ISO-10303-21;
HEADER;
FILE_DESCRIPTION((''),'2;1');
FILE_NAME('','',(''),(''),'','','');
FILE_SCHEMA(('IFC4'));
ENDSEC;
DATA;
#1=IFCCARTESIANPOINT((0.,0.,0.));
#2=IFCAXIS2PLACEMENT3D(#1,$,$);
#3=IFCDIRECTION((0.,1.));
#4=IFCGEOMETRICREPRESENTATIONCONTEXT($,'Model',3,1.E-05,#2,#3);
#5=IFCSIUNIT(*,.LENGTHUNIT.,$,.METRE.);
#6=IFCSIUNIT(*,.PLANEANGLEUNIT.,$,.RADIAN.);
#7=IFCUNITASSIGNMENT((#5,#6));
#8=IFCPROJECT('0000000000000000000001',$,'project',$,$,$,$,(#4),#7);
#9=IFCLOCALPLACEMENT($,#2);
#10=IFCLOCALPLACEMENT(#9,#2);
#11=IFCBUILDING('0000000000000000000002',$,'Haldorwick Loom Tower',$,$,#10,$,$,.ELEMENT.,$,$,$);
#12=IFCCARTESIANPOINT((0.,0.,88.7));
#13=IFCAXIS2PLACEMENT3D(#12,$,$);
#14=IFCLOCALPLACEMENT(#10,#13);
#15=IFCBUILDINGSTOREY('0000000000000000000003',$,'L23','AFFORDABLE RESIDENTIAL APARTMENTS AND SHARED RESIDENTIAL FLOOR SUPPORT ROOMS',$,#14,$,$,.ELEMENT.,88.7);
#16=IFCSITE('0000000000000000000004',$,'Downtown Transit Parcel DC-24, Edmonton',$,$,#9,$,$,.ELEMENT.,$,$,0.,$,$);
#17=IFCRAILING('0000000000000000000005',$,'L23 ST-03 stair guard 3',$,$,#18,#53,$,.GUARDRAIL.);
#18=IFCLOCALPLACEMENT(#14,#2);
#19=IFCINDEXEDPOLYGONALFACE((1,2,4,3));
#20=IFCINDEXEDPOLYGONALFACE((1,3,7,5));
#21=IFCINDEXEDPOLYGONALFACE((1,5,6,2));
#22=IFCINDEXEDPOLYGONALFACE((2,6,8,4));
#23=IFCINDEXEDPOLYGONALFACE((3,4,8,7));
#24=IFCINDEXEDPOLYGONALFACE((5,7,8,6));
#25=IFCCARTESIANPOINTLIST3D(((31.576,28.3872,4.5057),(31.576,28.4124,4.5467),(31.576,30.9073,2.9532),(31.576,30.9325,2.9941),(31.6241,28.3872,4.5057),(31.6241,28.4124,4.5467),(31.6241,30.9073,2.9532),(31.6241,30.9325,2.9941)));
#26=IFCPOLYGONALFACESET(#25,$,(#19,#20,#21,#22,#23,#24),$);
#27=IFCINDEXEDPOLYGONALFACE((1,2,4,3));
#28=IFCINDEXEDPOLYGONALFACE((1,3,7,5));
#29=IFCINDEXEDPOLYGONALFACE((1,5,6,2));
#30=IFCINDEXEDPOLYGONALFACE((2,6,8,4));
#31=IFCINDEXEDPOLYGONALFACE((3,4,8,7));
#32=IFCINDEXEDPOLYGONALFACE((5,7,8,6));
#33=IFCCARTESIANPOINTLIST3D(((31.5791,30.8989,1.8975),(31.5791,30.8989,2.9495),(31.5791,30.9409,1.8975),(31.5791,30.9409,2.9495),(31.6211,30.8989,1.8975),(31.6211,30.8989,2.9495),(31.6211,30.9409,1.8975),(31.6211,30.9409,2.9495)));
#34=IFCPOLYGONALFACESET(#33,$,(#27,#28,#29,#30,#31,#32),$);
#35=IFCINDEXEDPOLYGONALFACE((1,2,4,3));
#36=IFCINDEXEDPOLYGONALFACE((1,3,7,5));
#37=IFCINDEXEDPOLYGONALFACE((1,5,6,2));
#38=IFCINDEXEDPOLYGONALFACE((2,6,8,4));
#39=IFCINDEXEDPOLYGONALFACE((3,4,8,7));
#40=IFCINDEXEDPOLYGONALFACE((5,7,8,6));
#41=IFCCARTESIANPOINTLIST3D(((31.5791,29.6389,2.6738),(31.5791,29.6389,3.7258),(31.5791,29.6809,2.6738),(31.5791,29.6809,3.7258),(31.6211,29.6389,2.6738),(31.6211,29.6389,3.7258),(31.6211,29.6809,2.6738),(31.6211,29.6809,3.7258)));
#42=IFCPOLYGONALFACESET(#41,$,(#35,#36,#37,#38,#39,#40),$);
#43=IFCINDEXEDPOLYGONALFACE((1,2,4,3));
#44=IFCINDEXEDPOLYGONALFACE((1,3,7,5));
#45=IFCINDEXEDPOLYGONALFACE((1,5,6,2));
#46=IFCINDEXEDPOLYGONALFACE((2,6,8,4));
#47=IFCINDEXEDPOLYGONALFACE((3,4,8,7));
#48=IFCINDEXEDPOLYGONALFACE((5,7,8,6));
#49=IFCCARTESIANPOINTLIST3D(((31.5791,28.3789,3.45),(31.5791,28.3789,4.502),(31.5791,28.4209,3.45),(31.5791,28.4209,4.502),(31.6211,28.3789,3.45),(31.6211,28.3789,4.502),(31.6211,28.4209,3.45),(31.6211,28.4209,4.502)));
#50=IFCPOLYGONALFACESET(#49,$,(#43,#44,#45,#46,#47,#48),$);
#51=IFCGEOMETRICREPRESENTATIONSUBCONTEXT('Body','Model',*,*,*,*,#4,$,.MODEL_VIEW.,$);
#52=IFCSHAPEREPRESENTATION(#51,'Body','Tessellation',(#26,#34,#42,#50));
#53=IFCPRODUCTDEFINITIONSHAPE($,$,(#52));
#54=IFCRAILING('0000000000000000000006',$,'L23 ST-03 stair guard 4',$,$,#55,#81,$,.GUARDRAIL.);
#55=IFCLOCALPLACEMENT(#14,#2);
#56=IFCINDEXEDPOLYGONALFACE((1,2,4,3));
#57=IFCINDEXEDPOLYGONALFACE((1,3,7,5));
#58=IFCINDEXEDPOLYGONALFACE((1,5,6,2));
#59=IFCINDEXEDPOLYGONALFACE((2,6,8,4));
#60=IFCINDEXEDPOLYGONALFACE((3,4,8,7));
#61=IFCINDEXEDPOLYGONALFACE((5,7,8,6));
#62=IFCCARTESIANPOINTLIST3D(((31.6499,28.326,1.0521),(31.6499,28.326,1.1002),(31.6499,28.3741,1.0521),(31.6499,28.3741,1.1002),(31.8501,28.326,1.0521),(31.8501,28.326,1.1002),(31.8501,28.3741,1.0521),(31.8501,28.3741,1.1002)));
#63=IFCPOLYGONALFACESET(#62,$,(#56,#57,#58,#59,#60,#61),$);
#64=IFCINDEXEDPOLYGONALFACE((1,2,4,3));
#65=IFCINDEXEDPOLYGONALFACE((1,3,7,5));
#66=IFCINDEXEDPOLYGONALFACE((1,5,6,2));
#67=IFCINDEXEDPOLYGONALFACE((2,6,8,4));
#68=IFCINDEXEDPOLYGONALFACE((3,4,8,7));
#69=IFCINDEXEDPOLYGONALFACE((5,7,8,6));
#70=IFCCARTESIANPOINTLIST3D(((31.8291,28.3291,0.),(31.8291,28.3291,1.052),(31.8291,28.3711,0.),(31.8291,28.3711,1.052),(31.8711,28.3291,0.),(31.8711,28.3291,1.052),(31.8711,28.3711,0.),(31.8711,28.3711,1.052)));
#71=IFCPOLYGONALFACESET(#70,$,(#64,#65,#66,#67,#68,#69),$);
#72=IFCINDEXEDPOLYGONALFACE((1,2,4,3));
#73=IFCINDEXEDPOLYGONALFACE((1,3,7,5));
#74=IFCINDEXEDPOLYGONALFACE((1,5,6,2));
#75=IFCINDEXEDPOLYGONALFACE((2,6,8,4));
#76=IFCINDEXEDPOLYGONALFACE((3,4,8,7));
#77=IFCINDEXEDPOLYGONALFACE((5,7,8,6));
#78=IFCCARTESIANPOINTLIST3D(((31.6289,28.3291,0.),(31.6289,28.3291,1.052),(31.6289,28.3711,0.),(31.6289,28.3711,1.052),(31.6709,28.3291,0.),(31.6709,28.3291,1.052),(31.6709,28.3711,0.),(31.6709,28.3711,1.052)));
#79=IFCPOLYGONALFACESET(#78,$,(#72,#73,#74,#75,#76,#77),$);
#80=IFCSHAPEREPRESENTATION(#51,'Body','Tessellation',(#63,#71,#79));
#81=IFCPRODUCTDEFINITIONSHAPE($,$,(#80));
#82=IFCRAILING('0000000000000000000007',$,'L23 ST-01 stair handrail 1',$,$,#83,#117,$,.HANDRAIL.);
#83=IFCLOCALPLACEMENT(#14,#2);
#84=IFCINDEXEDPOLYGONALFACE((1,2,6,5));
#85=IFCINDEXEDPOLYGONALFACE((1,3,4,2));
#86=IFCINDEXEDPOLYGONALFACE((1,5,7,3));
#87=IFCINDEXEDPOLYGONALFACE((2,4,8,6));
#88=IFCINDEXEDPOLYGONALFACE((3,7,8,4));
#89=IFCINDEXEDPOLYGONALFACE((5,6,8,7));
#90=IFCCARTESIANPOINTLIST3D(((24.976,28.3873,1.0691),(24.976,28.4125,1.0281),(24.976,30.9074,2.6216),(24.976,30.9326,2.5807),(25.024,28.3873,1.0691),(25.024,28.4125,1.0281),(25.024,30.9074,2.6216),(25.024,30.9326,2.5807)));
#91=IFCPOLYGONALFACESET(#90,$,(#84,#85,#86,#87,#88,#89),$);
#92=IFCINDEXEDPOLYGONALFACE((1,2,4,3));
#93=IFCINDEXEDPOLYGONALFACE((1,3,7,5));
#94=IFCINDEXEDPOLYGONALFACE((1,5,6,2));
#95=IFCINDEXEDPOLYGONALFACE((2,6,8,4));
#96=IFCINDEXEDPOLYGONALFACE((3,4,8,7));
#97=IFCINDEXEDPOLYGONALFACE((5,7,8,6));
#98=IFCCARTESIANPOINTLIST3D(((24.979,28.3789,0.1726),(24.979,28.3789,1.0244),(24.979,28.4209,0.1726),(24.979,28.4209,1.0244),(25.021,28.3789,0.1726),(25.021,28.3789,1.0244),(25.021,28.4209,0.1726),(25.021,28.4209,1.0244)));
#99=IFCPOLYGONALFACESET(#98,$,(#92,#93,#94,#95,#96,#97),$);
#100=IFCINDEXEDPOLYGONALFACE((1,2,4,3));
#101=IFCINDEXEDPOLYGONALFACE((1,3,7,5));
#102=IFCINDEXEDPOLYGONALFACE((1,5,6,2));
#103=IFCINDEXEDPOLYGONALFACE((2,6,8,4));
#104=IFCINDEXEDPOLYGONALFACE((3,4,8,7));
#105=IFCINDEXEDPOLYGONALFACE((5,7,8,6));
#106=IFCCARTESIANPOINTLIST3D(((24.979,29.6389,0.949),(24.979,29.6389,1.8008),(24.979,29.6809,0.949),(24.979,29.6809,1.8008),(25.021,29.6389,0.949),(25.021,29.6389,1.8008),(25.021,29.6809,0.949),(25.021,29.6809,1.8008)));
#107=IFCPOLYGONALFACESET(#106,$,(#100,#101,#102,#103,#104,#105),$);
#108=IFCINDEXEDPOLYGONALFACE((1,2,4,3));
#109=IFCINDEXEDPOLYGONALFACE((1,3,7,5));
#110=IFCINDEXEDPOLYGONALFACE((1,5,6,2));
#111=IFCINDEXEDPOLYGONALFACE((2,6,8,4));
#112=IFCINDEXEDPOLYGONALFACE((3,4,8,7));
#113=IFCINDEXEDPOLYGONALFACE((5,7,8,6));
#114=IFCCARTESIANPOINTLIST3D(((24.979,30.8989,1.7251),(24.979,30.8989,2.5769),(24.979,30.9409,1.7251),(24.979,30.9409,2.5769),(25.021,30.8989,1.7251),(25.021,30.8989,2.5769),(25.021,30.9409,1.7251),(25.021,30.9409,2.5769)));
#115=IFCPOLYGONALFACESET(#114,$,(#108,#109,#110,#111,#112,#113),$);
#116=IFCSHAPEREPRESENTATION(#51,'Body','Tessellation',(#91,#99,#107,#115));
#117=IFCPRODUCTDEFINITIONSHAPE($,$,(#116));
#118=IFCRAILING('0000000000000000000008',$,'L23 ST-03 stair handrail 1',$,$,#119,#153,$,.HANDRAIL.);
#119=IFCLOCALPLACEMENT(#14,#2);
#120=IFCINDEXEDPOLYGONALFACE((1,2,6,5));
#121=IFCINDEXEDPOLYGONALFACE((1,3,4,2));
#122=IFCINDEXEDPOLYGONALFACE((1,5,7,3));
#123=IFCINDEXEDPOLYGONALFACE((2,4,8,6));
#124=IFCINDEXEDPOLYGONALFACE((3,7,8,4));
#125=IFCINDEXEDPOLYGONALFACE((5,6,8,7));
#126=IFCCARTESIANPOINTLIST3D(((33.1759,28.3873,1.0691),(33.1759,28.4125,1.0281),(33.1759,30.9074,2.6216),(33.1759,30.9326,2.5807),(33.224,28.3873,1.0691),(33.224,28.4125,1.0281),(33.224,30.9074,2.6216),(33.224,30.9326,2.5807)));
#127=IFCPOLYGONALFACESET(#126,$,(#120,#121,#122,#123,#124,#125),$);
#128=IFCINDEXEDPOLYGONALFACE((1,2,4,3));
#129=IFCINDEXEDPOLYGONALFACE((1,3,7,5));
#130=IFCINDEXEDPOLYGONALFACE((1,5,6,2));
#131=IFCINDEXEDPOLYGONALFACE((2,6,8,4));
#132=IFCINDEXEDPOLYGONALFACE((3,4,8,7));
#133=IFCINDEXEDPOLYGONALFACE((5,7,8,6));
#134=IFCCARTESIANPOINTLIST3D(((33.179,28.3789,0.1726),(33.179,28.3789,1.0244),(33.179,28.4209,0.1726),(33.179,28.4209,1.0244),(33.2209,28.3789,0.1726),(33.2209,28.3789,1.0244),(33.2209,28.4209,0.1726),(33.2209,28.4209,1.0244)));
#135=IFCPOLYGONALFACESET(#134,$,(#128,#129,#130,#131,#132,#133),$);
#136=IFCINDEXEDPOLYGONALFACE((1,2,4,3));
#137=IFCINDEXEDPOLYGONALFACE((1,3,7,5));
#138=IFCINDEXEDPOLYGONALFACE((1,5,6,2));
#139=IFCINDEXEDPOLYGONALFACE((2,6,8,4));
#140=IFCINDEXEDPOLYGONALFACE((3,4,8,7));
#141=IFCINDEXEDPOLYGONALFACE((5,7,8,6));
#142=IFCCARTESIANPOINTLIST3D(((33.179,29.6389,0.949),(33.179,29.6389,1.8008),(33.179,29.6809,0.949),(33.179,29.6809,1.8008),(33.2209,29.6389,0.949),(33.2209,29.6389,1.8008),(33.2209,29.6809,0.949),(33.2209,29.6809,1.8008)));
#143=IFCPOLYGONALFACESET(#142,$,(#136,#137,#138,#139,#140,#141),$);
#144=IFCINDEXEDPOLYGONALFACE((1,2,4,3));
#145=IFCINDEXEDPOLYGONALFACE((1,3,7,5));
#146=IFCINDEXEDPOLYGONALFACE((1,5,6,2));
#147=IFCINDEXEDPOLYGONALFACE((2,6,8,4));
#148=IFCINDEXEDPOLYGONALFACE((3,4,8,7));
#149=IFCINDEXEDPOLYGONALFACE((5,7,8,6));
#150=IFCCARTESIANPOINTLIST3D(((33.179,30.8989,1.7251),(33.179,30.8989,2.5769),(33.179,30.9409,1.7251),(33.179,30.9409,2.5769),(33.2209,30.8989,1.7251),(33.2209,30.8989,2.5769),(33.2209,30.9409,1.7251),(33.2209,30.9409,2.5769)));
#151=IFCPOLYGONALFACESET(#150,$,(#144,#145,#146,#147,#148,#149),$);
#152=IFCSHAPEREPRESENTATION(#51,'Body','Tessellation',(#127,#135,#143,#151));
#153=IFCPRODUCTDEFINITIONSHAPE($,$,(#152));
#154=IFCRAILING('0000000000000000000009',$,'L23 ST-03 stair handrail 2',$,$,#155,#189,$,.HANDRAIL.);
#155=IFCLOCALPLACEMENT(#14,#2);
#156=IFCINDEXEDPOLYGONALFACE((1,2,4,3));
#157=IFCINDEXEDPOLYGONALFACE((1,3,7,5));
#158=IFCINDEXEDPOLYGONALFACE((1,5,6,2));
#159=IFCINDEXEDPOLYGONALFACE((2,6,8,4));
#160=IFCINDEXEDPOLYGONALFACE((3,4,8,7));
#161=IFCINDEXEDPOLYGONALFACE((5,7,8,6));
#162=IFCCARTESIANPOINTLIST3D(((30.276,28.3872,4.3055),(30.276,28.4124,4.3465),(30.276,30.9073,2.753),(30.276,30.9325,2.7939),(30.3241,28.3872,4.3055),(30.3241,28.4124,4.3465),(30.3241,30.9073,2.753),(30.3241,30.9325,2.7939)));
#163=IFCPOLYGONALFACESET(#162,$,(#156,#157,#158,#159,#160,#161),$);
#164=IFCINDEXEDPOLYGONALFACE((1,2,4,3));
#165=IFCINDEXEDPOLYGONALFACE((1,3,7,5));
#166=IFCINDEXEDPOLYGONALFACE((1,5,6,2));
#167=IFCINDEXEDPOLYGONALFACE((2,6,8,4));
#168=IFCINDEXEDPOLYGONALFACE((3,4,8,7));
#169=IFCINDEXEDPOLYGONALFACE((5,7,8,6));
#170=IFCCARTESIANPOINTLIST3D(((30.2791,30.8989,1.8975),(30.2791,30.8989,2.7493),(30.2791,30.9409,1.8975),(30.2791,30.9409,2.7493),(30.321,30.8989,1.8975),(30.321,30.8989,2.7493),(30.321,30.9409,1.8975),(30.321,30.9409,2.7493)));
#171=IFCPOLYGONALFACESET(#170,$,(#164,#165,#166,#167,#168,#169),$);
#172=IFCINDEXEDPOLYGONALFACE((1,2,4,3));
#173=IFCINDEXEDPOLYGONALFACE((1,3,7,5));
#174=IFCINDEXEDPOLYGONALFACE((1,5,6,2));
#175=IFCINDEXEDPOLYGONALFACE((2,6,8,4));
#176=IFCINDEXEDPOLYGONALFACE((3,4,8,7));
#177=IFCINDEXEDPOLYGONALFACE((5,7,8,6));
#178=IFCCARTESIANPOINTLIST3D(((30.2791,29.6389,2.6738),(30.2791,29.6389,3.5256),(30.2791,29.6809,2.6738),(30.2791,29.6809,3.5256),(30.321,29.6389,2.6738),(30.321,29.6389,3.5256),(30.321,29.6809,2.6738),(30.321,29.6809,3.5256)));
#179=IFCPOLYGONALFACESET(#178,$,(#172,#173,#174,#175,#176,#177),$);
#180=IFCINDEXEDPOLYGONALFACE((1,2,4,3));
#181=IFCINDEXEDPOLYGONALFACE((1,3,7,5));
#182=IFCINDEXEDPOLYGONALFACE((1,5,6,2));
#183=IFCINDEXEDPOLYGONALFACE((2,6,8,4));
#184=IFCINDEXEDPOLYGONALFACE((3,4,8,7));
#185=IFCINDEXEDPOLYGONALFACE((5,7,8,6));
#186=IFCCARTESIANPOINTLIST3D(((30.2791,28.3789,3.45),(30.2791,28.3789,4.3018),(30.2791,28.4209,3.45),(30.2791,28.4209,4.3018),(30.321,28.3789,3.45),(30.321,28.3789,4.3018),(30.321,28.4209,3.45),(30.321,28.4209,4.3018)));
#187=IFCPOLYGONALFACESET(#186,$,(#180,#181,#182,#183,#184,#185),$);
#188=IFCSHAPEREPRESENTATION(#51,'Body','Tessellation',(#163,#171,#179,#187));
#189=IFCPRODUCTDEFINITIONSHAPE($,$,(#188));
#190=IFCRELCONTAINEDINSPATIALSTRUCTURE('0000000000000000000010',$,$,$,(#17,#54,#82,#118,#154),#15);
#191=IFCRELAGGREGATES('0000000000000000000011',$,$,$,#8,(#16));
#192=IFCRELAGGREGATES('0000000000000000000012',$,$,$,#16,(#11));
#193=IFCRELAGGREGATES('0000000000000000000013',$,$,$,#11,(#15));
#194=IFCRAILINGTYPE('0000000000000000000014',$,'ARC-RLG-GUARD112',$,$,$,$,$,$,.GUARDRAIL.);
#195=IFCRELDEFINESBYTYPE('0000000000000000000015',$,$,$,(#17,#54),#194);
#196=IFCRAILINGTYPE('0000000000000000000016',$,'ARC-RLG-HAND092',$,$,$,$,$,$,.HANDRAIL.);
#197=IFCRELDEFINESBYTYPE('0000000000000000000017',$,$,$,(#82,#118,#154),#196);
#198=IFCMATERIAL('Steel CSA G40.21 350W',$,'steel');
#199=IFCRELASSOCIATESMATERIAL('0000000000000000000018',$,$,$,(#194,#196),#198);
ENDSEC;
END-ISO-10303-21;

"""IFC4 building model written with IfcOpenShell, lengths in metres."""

from ifc_helpers import new_model, si_unit, direction, frame, origin, origin_2d, place, context, subcontext, project, spatial, rectangle, extrude, material, type_object, element, save


model = new_model("IFC4")

# Units and contexts
model_context = context("Model", 3, precision=1e-05, world=origin(), true_north=direction((0.0, 1.0)))
body_context = subcontext(model_context, "Body", "Model", "MODEL_VIEW")
ifc_project = project(units=[si_unit("LENGTHUNIT", "METRE"), si_unit("PLANEANGLEUNIT", "RADIAN")], contexts=[model_context])

# Site, building, storey
site_placement = place(None, origin())
site = spatial("IfcSite", under=ifc_project, at=site_placement, Name="Downtown Transit Parcel DC-24, Edmonton", CompositionType="ELEMENT", RefElevation=0.0)
building_placement = place(site_placement, origin())
building = spatial("IfcBuilding", under=site, at=building_placement, Name="Haldorwick Loom Tower", CompositionType="ELEMENT")
storey_placement = place(building_placement, frame((0.0, 0.0, 88.7)))
storey = spatial("IfcBuildingStorey", under=building, at=storey_placement, Name="L23", Description="AFFORDABLE RESIDENTIAL APARTMENTS AND SHARED RESIDENTIAL FLOOR SUPPORT ROOMS", CompositionType="ELEMENT", Elevation=88.7)

# Shared definitions
ifc_material_1 = material(Name="Steel CSA G40.21 350W", Category="steel")

# Railings
railing_type_1 = type_object("IfcRailingType", Name="ARC-RLG-GUARD112", PredefinedType="GUARDRAIL", material=ifc_material_1)
railing_1_placement = place(storey_placement, frame((31.6001, 30.9199, 1.8975)))
element("IfcRailing", 1, at=railing_1_placement, inside=storey, type_object=railing_type_1, Name="L23 ST-03 stair guard 3", PredefinedType="GUARDRAIL", context=body_context, shape_type="SweptSolid", body=[
    extrude(rectangle(XDim=0.0481, YDim=0.0481, at=origin_2d()), frame((0.0, 0.0, 1.0762), z_axis=(0.0, -0.8514, 0.524516), x_axis=(1.0, 0.0, 0.0)), (0.0, 0.0, 1.0), 2.96),
    extrude(rectangle(XDim=0.042, YDim=0.042, at=origin_2d()), origin(), (0.0, 0.0, 1.0), 1.052),
    extrude(rectangle(XDim=0.042, YDim=0.042, at=origin_2d()), frame((0.0, -1.26, 0.7764)), (0.0, 0.0, 1.0), 1.052),
    extrude(rectangle(XDim=0.042, YDim=0.042, at=origin_2d()), frame((0.0, -2.52, 1.5525)), (0.0, 0.0, 1.0), 1.052),
])
railing_2_placement = place(storey_placement, frame((31.8501, 28.3501, 0.0)))
element("IfcRailing", 2, at=railing_2_placement, inside=storey, type_object=railing_type_1, Name="L23 ST-03 stair guard 4", PredefinedType="GUARDRAIL", context=body_context, shape_type="SweptSolid", body=[
    extrude(rectangle(XDim=0.0481, YDim=0.0481, at=origin_2d()), frame((0.0, 0.0, 1.0762), z_axis=(-1.0, 0.0, 0.0), x_axis=(0.0, -1.0, 0.0)), (0.0, 0.0, 1.0), 0.2002),
    extrude(rectangle(XDim=0.042, YDim=0.042, at=origin_2d()), origin(), (0.0, 0.0, 1.0), 1.052),
    extrude(rectangle(XDim=0.042, YDim=0.042, at=origin_2d()), frame((-0.2002, 0.0, 0.0)), (0.0, 0.0, 1.0), 1.052),
])
railing_type_2 = type_object("IfcRailingType", Name="ARC-RLG-HAND092", PredefinedType="HANDRAIL", material=ifc_material_1)
for number, where, name in (
    (3, (25.0, 28.3999, 0.1726), "L23 ST-01 stair handrail 1"),
    (4, (33.2, 28.3999, 0.1726), "L23 ST-03 stair handrail 1"),
):
    element("IfcRailing", number, at=place(storey_placement, frame(where)), inside=storey, type_object=railing_type_2, Name=name, PredefinedType="HANDRAIL", context=body_context, shape_type="SweptSolid", body=[
        extrude(rectangle(XDim=0.0481, YDim=0.0481, at=origin_2d()), frame((0.0, 0.0, 0.876), z_axis=(0.0, 0.8514, 0.524516), x_axis=(-1.0, 0.0, 0.0)), (0.0, 0.0, 1.0), 2.96),
        extrude(rectangle(XDim=0.042, YDim=0.042, at=origin_2d()), origin(), (0.0, 0.0, 1.0), 0.8518),
        extrude(rectangle(XDim=0.042, YDim=0.042, at=origin_2d()), frame((0.0, 1.26, 0.7764)), (0.0, 0.0, 1.0), 0.8518),
        extrude(rectangle(XDim=0.042, YDim=0.042, at=origin_2d()), frame((0.0, 2.52, 1.5525)), (0.0, 0.0, 1.0), 0.8518),
    ])
railing_3_placement = place(storey_placement, frame((30.3, 30.9199, 1.8975)))
element("IfcRailing", 5, at=railing_3_placement, inside=storey, type_object=railing_type_2, Name="L23 ST-03 stair handrail 2", PredefinedType="HANDRAIL", context=body_context, shape_type="SweptSolid", body=[
    extrude(rectangle(XDim=0.0481, YDim=0.0481, at=origin_2d()), frame((0.0, 0.0, 0.876), z_axis=(0.0, -0.8514, 0.524516), x_axis=(1.0, 0.0, 0.0)), (0.0, 0.0, 1.0), 2.96),
    extrude(rectangle(XDim=0.042, YDim=0.042, at=origin_2d()), origin(), (0.0, 0.0, 1.0), 0.8518),
    extrude(rectangle(XDim=0.042, YDim=0.042, at=origin_2d()), frame((0.0, -1.26, 0.7764)), (0.0, 0.0, 1.0), 0.8518),
    extrude(rectangle(XDim=0.042, YDim=0.042, at=origin_2d()), frame((0.0, -2.52, 1.5525)), (0.0, 0.0, 1.0), 0.8518),
])

save(model, "model.ifc")
